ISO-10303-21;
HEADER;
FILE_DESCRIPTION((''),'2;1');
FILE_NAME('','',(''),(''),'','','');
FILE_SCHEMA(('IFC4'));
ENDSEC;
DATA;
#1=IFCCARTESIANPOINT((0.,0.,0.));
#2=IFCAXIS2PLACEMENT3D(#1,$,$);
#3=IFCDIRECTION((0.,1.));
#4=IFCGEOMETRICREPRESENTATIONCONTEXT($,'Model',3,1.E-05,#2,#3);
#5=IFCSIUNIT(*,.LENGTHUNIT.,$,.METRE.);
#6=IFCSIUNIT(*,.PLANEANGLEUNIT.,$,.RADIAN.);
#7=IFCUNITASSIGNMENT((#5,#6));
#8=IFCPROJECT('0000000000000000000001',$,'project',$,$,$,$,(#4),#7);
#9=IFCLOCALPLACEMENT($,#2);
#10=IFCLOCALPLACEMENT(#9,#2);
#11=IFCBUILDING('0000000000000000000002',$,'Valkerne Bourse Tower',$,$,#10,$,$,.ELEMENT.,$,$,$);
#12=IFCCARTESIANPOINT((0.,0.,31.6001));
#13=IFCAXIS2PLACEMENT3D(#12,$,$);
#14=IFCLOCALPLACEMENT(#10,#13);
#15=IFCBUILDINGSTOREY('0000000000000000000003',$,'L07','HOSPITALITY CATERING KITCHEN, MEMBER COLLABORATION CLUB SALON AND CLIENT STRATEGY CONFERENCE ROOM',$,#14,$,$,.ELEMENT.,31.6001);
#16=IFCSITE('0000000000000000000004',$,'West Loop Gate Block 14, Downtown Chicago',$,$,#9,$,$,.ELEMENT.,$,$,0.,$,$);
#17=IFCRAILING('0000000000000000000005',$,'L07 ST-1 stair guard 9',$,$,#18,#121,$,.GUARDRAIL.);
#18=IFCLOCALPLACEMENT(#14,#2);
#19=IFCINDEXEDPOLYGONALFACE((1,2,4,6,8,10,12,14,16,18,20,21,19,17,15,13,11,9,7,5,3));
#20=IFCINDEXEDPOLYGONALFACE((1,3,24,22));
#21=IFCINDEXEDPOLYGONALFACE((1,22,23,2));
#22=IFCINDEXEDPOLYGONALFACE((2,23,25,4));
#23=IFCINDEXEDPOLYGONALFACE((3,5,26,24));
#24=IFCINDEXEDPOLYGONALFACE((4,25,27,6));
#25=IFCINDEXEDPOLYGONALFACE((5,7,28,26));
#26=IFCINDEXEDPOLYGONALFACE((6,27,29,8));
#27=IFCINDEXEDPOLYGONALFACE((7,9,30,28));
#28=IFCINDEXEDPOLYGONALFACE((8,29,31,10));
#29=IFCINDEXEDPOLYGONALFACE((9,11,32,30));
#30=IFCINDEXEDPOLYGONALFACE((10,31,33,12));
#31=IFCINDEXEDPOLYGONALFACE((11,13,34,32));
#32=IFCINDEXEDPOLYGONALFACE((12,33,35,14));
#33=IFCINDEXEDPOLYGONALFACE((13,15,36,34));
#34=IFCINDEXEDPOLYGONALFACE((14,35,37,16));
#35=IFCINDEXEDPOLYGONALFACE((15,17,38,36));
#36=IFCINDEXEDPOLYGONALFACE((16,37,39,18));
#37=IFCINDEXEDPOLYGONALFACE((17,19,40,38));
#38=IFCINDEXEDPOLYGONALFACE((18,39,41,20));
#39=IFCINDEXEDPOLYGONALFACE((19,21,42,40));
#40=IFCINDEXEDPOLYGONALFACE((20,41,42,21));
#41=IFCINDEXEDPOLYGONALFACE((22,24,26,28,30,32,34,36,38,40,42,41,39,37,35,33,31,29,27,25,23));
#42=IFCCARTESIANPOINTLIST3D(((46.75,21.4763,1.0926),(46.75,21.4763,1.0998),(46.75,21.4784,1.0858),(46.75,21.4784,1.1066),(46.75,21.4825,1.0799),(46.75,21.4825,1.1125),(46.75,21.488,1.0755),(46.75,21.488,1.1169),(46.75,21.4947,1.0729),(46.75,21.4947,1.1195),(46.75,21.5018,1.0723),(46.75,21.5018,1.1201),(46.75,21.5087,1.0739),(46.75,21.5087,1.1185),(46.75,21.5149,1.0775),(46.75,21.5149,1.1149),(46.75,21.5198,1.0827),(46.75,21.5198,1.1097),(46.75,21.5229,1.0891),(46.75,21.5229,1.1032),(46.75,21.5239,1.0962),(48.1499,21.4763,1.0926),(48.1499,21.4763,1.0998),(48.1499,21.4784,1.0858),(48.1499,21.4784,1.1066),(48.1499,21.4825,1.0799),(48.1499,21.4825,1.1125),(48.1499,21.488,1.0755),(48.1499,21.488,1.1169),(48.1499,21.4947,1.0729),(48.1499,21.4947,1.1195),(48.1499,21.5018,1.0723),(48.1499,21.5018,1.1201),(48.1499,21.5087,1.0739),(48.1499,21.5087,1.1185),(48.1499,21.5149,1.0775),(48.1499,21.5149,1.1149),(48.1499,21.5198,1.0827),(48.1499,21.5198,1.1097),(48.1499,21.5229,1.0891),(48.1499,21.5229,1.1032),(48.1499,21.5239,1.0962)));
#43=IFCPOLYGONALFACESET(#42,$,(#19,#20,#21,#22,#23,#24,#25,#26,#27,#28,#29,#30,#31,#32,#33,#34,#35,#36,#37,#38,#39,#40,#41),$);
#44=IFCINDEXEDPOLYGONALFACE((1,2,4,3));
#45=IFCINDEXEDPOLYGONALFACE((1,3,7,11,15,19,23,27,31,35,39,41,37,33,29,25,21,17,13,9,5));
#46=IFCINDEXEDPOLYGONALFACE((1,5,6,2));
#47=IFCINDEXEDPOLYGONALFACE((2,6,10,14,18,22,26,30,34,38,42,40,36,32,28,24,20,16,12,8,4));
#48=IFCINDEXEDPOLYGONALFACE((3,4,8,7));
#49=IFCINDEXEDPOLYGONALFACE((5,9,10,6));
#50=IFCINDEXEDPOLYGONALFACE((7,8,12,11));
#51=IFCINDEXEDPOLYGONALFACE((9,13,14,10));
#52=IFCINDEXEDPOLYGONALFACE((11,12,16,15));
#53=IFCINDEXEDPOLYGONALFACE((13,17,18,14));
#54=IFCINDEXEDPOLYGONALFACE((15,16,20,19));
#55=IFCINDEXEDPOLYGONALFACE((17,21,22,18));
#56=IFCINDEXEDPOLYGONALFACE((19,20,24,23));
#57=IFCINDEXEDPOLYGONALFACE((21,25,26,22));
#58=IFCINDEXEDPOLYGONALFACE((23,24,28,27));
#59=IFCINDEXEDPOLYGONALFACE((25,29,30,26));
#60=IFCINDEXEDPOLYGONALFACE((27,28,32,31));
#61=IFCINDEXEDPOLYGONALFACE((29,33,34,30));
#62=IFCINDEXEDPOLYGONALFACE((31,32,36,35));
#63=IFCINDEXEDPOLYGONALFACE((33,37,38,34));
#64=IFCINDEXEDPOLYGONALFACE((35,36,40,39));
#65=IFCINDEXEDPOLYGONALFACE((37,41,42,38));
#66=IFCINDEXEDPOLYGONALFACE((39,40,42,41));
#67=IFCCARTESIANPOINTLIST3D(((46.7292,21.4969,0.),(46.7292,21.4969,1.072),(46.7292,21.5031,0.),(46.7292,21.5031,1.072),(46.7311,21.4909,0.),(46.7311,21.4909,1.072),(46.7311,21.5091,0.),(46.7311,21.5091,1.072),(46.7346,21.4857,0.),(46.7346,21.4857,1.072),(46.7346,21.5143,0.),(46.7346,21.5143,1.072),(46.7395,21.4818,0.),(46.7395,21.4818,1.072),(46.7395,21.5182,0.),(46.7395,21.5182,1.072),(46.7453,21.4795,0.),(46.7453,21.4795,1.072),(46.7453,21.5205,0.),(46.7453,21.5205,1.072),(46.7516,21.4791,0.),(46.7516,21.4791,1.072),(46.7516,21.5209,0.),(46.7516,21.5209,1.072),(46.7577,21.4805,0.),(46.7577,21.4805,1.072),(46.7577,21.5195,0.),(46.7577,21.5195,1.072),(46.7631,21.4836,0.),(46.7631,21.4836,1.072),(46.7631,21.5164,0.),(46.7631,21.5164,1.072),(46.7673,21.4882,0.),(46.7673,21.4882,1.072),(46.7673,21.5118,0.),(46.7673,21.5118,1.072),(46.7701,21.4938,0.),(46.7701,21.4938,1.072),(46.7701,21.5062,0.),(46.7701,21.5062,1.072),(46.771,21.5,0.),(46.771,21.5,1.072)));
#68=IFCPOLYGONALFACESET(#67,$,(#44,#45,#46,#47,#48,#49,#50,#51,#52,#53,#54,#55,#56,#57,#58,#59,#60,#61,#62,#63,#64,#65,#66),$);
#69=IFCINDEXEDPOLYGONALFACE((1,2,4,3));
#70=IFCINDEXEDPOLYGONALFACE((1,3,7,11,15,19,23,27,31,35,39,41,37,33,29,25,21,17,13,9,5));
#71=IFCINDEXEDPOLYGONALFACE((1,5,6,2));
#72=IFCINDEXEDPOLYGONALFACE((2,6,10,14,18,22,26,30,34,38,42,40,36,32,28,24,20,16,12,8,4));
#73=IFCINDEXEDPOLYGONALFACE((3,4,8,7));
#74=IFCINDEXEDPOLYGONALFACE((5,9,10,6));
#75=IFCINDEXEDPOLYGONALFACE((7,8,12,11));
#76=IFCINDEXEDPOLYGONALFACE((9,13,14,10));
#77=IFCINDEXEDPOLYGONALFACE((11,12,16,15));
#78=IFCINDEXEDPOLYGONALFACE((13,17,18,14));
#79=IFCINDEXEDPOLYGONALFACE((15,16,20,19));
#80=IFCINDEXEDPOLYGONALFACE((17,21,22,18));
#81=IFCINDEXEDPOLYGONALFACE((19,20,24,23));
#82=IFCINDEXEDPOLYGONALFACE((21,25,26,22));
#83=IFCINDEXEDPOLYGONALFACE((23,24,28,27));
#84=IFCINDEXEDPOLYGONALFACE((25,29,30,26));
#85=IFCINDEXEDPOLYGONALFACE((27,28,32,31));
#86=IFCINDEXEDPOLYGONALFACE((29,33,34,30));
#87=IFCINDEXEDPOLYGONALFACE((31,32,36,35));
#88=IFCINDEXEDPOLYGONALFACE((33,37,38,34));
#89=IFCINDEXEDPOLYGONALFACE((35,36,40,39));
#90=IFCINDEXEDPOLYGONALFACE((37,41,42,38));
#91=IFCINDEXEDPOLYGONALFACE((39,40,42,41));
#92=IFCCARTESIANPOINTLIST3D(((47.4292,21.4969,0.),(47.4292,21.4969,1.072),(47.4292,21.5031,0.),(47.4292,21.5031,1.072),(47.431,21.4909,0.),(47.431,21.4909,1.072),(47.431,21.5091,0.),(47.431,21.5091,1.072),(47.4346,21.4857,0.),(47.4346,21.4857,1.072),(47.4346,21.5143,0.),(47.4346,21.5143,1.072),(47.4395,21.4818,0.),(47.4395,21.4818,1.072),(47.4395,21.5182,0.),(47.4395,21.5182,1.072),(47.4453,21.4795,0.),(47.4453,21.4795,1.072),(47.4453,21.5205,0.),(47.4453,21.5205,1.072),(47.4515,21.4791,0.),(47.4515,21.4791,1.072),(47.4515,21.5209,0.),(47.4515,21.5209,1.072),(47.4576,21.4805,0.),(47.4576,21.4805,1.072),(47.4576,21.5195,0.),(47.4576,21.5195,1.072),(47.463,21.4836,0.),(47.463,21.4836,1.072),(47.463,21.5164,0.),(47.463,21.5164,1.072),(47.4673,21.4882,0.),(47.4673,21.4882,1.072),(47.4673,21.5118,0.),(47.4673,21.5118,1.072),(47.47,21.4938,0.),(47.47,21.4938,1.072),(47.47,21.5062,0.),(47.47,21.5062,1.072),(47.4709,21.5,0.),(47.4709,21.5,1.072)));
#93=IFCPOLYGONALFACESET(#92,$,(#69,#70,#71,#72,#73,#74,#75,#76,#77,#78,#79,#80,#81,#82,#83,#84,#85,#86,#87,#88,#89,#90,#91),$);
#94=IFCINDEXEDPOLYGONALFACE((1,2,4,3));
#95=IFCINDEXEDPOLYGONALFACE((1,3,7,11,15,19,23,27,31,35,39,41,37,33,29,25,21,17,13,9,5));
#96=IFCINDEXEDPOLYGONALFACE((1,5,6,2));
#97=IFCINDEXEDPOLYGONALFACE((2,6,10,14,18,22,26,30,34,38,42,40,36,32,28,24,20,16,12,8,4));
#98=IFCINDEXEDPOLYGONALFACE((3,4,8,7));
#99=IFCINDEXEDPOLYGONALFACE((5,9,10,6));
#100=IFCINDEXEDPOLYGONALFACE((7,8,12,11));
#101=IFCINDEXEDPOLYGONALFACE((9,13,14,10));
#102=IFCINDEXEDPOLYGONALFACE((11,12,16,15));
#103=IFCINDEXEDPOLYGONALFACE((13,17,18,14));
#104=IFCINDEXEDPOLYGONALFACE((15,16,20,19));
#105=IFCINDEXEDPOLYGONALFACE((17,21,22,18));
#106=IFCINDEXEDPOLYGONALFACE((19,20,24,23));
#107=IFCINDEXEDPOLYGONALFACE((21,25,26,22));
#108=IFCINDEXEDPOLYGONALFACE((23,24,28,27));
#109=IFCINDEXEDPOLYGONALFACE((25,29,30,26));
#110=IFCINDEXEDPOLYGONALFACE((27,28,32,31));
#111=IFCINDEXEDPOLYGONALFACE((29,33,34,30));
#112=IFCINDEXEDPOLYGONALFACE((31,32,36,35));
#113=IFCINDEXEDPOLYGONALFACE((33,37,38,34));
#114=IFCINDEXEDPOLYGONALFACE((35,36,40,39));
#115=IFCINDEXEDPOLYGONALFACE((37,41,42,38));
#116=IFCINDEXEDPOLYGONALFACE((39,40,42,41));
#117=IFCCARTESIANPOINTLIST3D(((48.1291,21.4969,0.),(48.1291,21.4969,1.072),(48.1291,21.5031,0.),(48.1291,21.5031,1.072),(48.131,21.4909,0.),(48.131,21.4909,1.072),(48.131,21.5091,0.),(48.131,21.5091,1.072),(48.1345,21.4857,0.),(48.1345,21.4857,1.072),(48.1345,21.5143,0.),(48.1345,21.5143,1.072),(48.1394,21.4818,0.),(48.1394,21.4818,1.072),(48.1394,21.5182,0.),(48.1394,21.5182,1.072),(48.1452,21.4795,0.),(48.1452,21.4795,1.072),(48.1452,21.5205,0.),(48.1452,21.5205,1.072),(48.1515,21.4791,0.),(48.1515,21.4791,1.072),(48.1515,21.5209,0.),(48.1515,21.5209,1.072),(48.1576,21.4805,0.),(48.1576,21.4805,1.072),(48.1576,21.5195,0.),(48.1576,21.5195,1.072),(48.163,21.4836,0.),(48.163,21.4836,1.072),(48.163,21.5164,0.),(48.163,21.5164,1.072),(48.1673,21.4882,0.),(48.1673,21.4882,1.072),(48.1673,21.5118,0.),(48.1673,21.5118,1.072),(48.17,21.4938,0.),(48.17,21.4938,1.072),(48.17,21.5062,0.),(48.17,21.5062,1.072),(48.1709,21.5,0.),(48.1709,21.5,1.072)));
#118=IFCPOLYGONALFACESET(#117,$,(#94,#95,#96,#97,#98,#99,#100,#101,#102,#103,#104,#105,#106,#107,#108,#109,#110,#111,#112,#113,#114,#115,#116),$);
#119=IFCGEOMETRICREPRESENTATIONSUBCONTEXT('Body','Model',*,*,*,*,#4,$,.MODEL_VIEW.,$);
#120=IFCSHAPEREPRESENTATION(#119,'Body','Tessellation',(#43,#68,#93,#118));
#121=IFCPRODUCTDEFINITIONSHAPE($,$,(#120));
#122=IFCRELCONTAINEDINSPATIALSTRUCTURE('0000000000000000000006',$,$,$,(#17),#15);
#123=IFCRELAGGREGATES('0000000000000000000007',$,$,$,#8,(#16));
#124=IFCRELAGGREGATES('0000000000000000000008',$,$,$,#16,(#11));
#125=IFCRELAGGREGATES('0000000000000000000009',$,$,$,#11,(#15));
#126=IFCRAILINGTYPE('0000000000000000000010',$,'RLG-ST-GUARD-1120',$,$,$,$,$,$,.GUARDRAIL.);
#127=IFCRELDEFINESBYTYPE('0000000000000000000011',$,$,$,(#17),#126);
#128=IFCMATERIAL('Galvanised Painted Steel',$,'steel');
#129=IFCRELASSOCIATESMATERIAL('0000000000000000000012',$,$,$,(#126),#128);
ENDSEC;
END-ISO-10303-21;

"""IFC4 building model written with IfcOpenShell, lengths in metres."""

from ifc_helpers import new_model, si_unit, direction, frame, origin, origin_2d, place, context, subcontext, project, spatial, circle, extrude, material, type_object, element, save


model = new_model("IFC4")

# Units and contexts
model_context = context("Model", 3, precision=1e-05, world=origin(), true_north=direction((0.0, 1.0)))
body_context = subcontext(model_context, "Body", "Model", "MODEL_VIEW")
ifc_project = project(units=[si_unit("LENGTHUNIT", "METRE"), si_unit("PLANEANGLEUNIT", "RADIAN")], contexts=[model_context])

# Site, building, storey
site_placement = place(None, origin())
site = spatial("IfcSite", under=ifc_project, at=site_placement, Name="West Loop Gate Block 14, Downtown Chicago", CompositionType="ELEMENT", RefElevation=0.0)
building_placement = place(site_placement, origin())
building = spatial("IfcBuilding", under=site, at=building_placement, Name="Valkerne Bourse Tower", CompositionType="ELEMENT")
storey_placement = place(building_placement, frame((0.0, 0.0, 31.6001)))
storey = spatial("IfcBuildingStorey", under=building, at=storey_placement, Name="L07", Description="HOSPITALITY CATERING KITCHEN, MEMBER COLLABORATION CLUB SALON AND CLIENT STRATEGY CONFERENCE ROOM", CompositionType="ELEMENT", Elevation=31.6001)

# Shared definitions
ifc_material_1 = material(Name="Galvanised Painted Steel", Category="steel")

# Railing
railing_type_1 = type_object("IfcRailingType", Name="RLG-ST-GUARD-1120", PredefinedType="GUARDRAIL", material=ifc_material_1)
for number, where, name in (
    (1, (46.75, 21.5, 0.0), "L07 ST-1 stair guard 9"),
):
    element("IfcRailing", number, at=place(storey_placement, frame(where)), inside=storey, type_object=railing_type_1, Name=name, PredefinedType="GUARDRAIL", context=body_context, shape_type="SweptSolid", body=[
        extrude(circle(Radius=0.0239, at=origin_2d()), frame((0.0, 0.0, 1.0962), z_axis=(1.0, 0.0, 0.0), x_axis=(0.0, 1.0, 0.0)), (0.0, 0.0, 1.0), 1.3999),
        extrude(circle(Radius=0.021, at=origin_2d()), origin(), (0.0, 0.0, 1.0), 1.072),
        extrude(circle(Radius=0.021, at=origin_2d()), frame((0.7, 0.0, 0.0)), (0.0, 0.0, 1.0), 1.072),
        extrude(circle(Radius=0.021, at=origin_2d()), frame((1.3999, 0.0, 0.0)), (0.0, 0.0, 1.0), 1.072),
    ])

save(model, "model.ifc")
